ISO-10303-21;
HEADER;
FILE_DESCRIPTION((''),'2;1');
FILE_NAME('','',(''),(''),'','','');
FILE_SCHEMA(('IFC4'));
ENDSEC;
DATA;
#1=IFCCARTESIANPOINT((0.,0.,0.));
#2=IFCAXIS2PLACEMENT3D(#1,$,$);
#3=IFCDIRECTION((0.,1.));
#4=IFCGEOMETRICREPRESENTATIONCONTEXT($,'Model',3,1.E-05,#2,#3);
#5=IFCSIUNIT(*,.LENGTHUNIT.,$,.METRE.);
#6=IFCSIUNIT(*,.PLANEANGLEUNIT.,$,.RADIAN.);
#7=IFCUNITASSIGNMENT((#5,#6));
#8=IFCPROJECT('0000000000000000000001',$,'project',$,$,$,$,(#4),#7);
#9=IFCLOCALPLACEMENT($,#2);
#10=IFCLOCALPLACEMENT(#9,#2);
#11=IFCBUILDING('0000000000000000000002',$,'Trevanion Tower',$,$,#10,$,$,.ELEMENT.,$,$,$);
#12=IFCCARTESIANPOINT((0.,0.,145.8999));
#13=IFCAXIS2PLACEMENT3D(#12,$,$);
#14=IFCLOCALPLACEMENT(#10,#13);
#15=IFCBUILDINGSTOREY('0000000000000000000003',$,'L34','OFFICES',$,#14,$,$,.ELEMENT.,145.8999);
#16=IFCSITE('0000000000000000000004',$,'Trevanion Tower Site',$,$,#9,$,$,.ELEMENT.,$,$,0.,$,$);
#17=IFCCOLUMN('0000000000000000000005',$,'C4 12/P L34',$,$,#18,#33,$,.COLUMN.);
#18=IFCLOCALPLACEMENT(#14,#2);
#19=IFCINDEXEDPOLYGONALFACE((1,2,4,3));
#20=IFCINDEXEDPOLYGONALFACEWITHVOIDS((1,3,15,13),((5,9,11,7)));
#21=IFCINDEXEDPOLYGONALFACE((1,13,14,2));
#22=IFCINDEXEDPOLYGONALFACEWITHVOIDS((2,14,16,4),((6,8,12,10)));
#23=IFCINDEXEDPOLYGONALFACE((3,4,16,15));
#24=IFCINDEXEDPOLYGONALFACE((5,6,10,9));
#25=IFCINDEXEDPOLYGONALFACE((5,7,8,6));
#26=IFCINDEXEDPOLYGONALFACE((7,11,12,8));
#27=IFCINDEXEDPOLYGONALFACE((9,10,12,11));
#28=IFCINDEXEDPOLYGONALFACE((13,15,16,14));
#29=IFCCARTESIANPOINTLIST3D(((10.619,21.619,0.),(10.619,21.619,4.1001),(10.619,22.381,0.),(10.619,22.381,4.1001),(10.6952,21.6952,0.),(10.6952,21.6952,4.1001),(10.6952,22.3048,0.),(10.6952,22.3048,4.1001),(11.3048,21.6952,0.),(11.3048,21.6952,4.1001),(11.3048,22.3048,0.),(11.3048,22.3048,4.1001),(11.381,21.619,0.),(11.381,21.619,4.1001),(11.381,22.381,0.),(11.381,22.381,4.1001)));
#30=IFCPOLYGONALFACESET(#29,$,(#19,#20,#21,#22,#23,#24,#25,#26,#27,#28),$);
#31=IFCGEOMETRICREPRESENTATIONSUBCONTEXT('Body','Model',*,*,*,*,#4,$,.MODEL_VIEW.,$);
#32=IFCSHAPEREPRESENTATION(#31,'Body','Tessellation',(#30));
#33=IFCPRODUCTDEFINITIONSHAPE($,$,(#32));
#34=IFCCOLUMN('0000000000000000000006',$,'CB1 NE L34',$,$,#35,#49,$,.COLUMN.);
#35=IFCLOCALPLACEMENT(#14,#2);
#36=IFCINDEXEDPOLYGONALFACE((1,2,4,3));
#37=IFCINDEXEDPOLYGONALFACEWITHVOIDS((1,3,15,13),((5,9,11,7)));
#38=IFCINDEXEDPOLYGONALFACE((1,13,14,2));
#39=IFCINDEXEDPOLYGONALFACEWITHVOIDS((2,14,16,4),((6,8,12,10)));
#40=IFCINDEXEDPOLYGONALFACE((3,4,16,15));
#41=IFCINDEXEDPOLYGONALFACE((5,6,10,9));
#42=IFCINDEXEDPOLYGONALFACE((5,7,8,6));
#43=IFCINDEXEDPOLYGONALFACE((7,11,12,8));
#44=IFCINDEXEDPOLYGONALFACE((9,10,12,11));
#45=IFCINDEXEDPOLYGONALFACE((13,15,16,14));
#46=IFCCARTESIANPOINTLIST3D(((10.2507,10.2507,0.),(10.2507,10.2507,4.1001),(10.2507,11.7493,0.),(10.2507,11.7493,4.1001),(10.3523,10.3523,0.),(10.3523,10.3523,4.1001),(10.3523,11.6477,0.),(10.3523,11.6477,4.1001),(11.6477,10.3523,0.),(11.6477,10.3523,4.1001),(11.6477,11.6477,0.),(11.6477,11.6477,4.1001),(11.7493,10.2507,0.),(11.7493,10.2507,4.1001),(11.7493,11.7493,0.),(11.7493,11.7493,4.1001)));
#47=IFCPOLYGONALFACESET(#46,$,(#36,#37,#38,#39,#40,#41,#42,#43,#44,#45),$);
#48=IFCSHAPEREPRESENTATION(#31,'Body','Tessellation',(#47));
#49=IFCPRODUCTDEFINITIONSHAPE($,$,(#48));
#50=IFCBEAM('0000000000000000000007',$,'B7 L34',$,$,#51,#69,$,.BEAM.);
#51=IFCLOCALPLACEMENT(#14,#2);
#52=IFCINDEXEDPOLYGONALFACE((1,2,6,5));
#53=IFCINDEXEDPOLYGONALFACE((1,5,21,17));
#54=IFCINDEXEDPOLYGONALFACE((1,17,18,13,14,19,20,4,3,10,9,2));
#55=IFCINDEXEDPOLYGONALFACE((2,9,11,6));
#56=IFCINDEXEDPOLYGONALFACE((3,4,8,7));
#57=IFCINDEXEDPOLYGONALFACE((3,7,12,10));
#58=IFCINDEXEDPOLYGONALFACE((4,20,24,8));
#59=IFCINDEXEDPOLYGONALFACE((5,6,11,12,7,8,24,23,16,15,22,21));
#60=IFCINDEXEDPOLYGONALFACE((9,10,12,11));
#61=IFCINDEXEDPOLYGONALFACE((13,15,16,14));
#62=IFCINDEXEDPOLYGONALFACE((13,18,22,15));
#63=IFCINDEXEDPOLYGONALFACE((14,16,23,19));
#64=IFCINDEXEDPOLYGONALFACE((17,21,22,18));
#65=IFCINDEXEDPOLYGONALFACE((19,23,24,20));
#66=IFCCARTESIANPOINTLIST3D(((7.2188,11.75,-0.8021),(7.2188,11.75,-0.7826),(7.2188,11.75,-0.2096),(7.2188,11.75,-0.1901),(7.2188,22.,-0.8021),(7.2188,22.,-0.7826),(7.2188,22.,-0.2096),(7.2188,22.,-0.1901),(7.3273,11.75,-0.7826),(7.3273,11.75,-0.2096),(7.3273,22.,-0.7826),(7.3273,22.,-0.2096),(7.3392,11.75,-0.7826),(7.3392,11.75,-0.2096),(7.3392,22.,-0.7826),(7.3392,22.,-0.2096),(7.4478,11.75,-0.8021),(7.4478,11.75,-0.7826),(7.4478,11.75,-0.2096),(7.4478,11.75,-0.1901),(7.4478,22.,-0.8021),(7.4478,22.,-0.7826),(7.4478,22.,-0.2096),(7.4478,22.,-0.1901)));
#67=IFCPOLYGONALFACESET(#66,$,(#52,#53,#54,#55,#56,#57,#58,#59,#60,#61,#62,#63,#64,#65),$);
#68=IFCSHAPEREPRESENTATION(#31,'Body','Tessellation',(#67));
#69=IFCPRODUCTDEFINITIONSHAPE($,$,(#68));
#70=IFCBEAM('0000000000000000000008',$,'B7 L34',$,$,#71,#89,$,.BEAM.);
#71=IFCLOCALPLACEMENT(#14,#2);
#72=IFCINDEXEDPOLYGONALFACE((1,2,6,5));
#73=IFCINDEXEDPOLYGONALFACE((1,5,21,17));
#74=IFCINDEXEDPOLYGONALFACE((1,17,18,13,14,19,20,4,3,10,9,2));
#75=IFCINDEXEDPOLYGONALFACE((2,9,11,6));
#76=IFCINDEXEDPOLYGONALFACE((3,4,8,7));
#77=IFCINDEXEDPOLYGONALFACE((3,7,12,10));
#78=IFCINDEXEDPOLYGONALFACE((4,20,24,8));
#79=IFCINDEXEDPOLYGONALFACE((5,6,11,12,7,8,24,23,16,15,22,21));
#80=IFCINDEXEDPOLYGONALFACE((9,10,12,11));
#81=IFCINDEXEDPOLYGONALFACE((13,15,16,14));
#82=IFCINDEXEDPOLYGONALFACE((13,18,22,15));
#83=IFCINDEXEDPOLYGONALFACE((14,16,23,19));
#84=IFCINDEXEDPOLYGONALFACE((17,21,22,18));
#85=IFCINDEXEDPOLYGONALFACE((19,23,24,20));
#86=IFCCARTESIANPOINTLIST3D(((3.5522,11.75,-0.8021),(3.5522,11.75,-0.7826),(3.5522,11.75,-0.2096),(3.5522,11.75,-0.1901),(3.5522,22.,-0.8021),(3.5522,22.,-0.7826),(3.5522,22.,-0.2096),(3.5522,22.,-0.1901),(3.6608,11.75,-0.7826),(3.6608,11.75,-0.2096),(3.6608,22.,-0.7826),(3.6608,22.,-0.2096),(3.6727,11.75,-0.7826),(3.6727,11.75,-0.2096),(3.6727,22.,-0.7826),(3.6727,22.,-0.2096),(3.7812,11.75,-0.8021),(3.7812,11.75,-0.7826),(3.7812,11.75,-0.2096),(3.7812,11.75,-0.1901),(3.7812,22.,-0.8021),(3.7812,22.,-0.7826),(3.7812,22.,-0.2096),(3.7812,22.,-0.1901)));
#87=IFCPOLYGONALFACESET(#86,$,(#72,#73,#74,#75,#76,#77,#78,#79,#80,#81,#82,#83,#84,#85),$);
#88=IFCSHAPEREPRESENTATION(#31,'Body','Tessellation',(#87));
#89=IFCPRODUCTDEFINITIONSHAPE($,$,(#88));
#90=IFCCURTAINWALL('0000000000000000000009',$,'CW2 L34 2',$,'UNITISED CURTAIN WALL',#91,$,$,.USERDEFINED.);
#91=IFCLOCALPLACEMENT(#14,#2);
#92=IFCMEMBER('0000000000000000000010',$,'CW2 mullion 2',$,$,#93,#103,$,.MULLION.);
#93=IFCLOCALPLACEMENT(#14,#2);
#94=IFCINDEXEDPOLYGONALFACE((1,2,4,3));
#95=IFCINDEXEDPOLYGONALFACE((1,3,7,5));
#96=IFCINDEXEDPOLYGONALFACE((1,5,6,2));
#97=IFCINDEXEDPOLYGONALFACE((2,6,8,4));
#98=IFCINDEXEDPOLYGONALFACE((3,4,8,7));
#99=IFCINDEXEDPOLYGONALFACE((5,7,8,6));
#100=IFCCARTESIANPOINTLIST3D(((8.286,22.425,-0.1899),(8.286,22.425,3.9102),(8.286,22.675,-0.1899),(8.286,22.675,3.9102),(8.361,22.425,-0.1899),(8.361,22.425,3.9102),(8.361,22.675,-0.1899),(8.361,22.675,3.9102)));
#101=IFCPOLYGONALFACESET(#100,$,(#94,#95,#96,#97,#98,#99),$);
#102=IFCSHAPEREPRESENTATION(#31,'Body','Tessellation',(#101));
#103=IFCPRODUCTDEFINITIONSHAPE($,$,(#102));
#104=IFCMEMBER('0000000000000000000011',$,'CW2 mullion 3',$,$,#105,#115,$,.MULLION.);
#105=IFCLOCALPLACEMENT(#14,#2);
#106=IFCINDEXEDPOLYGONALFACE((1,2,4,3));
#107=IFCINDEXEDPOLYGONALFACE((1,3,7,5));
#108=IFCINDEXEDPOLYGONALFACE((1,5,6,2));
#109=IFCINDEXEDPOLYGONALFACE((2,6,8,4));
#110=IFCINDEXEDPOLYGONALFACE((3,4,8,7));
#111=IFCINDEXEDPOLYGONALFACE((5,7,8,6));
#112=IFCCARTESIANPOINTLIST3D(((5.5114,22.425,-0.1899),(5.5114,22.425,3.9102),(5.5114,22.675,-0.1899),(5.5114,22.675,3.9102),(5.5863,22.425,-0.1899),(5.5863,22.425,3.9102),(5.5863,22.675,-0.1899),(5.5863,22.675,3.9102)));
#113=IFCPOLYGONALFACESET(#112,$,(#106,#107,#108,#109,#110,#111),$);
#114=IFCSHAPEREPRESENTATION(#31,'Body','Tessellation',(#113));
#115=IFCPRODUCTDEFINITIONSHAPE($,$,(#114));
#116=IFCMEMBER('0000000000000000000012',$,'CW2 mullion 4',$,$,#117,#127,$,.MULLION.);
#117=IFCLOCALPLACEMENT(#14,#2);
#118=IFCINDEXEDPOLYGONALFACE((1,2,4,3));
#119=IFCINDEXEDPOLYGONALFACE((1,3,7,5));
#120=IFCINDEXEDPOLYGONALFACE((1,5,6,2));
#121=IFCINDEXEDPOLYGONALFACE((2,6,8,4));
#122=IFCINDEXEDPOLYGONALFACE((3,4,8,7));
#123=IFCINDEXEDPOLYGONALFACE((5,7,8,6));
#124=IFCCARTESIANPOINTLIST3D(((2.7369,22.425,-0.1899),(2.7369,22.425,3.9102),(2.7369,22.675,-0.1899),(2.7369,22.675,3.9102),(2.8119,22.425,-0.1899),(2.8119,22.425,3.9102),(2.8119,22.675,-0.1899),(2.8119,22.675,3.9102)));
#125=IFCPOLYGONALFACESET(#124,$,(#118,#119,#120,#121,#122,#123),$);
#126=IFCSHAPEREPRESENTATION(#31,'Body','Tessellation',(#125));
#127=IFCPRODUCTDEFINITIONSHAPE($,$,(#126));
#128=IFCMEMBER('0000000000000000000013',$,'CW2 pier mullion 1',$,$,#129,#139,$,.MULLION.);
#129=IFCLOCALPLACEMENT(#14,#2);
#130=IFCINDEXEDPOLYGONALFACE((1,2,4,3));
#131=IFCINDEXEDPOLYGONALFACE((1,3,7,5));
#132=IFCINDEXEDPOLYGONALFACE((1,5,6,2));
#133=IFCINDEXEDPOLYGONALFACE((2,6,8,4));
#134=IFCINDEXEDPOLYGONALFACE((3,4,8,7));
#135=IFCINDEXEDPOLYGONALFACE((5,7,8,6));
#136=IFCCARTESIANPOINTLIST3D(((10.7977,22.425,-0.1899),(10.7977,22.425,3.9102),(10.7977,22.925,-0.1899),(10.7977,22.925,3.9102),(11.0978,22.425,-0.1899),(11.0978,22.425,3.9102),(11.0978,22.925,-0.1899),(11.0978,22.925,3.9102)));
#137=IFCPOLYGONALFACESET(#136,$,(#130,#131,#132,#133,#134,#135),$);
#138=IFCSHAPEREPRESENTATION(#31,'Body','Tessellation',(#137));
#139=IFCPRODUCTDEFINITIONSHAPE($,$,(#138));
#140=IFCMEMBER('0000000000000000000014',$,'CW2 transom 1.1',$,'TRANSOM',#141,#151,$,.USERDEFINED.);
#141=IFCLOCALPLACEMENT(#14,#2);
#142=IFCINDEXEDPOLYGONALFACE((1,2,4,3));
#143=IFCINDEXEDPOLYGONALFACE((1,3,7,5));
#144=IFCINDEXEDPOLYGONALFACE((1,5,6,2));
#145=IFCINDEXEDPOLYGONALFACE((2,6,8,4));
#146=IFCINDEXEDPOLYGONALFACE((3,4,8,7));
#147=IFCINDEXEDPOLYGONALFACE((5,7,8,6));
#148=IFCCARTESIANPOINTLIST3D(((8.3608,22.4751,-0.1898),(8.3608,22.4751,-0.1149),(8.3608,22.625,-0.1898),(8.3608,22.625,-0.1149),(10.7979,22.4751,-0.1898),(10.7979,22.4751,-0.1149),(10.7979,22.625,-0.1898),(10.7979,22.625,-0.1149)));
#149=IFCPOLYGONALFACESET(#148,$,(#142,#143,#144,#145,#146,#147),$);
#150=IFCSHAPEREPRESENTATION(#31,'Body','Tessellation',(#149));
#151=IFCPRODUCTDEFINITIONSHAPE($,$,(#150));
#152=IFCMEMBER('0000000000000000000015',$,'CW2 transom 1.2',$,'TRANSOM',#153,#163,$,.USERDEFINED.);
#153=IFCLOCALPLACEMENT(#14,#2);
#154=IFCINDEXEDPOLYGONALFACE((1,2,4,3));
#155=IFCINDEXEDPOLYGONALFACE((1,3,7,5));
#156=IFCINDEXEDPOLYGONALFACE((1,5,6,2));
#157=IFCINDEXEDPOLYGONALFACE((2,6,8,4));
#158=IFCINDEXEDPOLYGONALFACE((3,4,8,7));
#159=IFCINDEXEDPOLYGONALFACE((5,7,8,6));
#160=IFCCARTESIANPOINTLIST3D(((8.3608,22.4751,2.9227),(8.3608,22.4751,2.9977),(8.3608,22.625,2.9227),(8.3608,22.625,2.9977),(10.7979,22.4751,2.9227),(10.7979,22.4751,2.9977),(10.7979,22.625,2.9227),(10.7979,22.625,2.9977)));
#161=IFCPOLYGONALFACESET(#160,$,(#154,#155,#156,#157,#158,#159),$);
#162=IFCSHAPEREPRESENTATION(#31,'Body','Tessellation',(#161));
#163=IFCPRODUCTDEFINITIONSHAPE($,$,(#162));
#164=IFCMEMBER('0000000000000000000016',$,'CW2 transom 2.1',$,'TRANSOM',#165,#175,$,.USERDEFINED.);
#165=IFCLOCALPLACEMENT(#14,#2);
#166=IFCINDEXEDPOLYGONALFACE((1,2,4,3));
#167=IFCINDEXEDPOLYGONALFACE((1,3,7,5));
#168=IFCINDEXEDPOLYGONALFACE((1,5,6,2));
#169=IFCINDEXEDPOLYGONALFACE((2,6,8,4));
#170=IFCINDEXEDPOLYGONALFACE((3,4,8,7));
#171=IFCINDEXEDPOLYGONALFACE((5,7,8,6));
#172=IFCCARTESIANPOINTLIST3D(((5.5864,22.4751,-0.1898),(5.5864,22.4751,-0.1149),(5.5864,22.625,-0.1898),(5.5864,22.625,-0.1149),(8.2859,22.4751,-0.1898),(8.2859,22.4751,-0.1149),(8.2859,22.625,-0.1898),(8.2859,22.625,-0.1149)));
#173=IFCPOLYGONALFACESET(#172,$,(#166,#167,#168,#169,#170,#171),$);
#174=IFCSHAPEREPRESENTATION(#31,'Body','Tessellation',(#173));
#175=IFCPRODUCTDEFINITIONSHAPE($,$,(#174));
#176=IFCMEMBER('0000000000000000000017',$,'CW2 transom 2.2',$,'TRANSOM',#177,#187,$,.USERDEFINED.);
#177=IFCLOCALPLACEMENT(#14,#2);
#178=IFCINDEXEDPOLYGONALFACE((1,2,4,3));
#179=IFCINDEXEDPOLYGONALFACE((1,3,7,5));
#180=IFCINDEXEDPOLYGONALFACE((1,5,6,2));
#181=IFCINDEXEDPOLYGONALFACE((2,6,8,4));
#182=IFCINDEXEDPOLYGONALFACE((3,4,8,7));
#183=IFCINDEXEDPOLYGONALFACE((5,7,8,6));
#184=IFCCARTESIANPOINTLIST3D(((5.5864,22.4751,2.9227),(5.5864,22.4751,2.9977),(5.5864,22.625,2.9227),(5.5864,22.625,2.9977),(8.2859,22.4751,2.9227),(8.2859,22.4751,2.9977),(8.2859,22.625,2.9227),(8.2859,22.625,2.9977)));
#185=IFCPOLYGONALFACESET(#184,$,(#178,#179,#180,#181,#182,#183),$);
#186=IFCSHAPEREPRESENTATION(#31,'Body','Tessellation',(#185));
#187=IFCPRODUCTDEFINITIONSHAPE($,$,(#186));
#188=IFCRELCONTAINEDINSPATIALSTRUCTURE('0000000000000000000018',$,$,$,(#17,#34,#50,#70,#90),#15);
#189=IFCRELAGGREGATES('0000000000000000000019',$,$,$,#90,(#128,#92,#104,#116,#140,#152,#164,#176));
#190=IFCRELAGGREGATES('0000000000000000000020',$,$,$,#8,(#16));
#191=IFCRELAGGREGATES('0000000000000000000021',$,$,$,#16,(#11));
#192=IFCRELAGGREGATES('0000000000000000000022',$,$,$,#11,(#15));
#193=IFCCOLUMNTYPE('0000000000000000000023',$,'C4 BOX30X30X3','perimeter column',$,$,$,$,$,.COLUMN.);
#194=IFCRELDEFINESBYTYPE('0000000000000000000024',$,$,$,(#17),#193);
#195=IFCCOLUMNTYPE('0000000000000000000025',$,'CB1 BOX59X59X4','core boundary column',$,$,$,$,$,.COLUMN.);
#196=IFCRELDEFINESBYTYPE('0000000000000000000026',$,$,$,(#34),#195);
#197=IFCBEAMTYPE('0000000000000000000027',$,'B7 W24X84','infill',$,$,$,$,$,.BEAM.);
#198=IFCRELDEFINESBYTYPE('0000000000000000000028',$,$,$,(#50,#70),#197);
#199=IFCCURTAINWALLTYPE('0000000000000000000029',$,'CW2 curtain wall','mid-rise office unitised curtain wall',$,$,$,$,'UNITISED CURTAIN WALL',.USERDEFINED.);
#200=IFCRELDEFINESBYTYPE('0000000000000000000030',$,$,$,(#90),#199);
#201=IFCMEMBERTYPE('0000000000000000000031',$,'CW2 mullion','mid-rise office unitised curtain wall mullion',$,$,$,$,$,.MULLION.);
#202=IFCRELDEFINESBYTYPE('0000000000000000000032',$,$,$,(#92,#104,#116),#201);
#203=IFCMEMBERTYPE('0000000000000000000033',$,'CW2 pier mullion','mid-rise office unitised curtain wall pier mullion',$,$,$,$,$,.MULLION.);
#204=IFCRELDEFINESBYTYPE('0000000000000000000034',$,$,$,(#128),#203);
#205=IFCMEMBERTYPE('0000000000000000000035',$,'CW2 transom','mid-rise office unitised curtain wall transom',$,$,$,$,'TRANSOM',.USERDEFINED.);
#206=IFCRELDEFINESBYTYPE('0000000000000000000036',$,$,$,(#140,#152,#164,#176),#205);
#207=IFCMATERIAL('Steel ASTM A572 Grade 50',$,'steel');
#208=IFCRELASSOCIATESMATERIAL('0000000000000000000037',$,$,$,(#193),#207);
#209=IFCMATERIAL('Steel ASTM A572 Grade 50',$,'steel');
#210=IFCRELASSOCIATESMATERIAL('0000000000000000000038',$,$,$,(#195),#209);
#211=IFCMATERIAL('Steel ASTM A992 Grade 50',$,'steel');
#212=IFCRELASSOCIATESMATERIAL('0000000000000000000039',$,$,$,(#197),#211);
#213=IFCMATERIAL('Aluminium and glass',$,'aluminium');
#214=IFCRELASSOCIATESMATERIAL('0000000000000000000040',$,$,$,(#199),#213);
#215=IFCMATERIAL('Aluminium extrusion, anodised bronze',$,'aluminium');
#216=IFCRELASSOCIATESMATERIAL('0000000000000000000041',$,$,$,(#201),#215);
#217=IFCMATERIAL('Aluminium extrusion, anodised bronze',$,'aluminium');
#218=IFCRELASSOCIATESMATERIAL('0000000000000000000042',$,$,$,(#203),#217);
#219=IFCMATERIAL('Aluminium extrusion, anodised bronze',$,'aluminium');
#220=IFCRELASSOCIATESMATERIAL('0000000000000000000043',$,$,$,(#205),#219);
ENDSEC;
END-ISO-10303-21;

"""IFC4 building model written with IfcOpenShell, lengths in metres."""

from ifc_helpers import new_model, si_unit, direction, frame, origin, origin_2d, place, context, subcontext, project, spatial, rectangle, hollow_rectangle, i_section, extrude, material, material_profile, profile_set, type_object, element, aggregate, save


model = new_model("IFC4")

# Units and contexts
model_context = context("Model", 3, precision=1e-05, world=origin(), true_north=direction((0.0, 1.0)))
body_context = subcontext(model_context, "Body", "Model", "MODEL_VIEW")
ifc_project = project(units=[si_unit("LENGTHUNIT", "METRE"), si_unit("PLANEANGLEUNIT", "RADIAN")], contexts=[model_context])

# Site, building, storey
site_placement = place(None, origin())
site = spatial("IfcSite", under=ifc_project, at=site_placement, Name="Trevanion Tower Site", CompositionType="ELEMENT", RefElevation=0.0)
building_placement = place(site_placement, origin())
building = spatial("IfcBuilding", under=site, at=building_placement, Name="Trevanion Tower", CompositionType="ELEMENT")
storey_placement = place(building_placement, frame((0.0, 0.0, 145.8999)))
storey = spatial("IfcBuildingStorey", under=building, at=storey_placement, Name="L34", Description="OFFICES", CompositionType="ELEMENT", Elevation=145.8999)

# Columns
ifc_material_1 = material(Name="Steel ASTM A572 Grade 50", Category="steel")
ifc_material_profile_1 = material_profile(ifc_material_1, hollow_rectangle(XDim=0.762, YDim=0.762, WallThickness=0.0762, at=origin_2d()), Name="BOX30X30X3")
ifc_profile_set_1 = profile_set([ifc_material_profile_1], Name="Steel ASTM A572 Grade 50")
column_type_1 = type_object("IfcColumnType", Name="C4 BOX30X30X3", Description="perimeter column", PredefinedType="COLUMN", material=ifc_profile_set_1)
column_1_placement = place(storey_placement, frame((11.0, 22.0, 0.0), z_axis=(0.0, 0.0, 1.0), x_axis=(1.0, 0.0, 0.0)))
element("IfcColumn", 1, at=column_1_placement, inside=storey, type_object=column_type_1, Name="C4 12/P L34", PredefinedType="COLUMN", context=body_context, shape_type="SweptSolid", body=[
    extrude(hollow_rectangle(XDim=0.762, YDim=0.762, WallThickness=0.0762, at=origin_2d()), origin(), (0.0, 0.0, 1.0), 4.1001),
])
ifc_material_2 = material(Name="Steel ASTM A572 Grade 50", Category="steel")
ifc_material_profile_2 = material_profile(ifc_material_2, hollow_rectangle(XDim=1.4985, YDim=1.4985, WallThickness=0.1016, at=origin_2d()), Name="BOX59X59X4")
ifc_profile_set_2 = profile_set([ifc_material_profile_2], Name="Steel ASTM A572 Grade 50")
column_type_2 = type_object("IfcColumnType", Name="CB1 BOX59X59X4", Description="core boundary column", PredefinedType="COLUMN", material=ifc_profile_set_2)
column_2_placement = place(storey_placement, frame((11.0, 11.0, 0.0), z_axis=(0.0, 0.0, 1.0), x_axis=(1.0, 0.0, 0.0)))
element("IfcColumn", 2, at=column_2_placement, inside=storey, type_object=column_type_2, Name="CB1 NE L34", PredefinedType="COLUMN", context=body_context, shape_type="SweptSolid", body=[
    extrude(hollow_rectangle(XDim=1.4985, YDim=1.4985, WallThickness=0.1016, at=origin_2d()), origin(), (0.0, 0.0, 1.0), 4.1001),
])

# Beams
ifc_material_3 = material(Name="Steel ASTM A992 Grade 50", Category="steel")
ifc_material_profile_3 = material_profile(ifc_material_3, i_section(OverallWidth=0.229, OverallDepth=0.6121, WebThickness=0.012, FlangeThickness=0.0195, at=origin_2d()), Name="W24X84")
ifc_profile_set_3 = profile_set([ifc_material_profile_3], Name="Steel ASTM A992 Grade 50")
beam_type_1 = type_object("IfcBeamType", Name="B7 W24X84", Description="infill", PredefinedType="BEAM", material=ifc_profile_set_3)
for number, where, z_axis, x_axis, name in (
    (3, (7.3333, 11.75, -0.4961), (0.0, 1.0, 0.0), (-1.0, 0.0, 0.0), "B7 L34"),
    (4, (3.6667, 11.75, -0.4961), (0.0, 1.0, 0.0), (-1.0, 0.0, 0.0), "B7 L34"),
):
    element("IfcBeam", number, at=place(storey_placement, frame(where, z_axis=z_axis, x_axis=x_axis)), inside=storey, type_object=beam_type_1, Name=name, PredefinedType="BEAM", context=body_context, shape_type="SweptSolid", body=[
        extrude(i_section(OverallWidth=0.229, OverallDepth=0.6121, WebThickness=0.012, FlangeThickness=0.0195, at=origin_2d()), origin(), (0.0, 0.0, 1.0), 10.25),
    ])

# Curtain wall, members
ifc_material_4 = material(Name="Aluminium and glass", Category="aluminium")
curtain_wall_type = type_object("IfcCurtainWallType", Name="CW2 curtain wall", Description="mid-rise office unitised curtain wall", ElementType="UNITISED CURTAIN WALL", PredefinedType="USERDEFINED", material=ifc_material_4)
curtain_wall_placement = place(storey_placement, origin())
curtain_wall = element("IfcCurtainWall", 5, at=curtain_wall_placement, inside=storey, type_object=curtain_wall_type, Name="CW2 L34 2", ObjectType="UNITISED CURTAIN WALL", PredefinedType="USERDEFINED")
ifc_material_5 = material(Name="Aluminium extrusion, anodised bronze", Category="aluminium")
ifc_material_profile_4 = material_profile(ifc_material_5, rectangle(XDim=0.075, YDim=0.25, at=origin_2d()), Name="CW2 mullion")
ifc_profile_set_4 = profile_set([ifc_material_profile_4], Name="Aluminium extrusion, anodised bronze")
member_type_1 = type_object("IfcMemberType", Name="CW2 mullion", Description="mid-rise office unitised curtain wall mullion", PredefinedType="MULLION", material=ifc_profile_set_4)
member_1_placement = place(storey_placement, frame((8.3235, 22.55, -0.1899), z_axis=(0.0, 0.0, 1.0), x_axis=(-1.0, 0.0, 0.0)))
member_1 = element("IfcMember", 6, at=member_1_placement, type_object=member_type_1, Name="CW2 mullion 2", PredefinedType="MULLION", context=body_context, shape_type="SweptSolid", body=[
    extrude(rectangle(XDim=0.075, YDim=0.25, at=origin_2d()), origin(), (0.0, 0.0, 1.0), 4.1001),
])
member_2_placement = place(storey_placement, frame((5.5488, 22.55, -0.1899), z_axis=(0.0, 0.0, 1.0), x_axis=(-1.0, 0.0, 0.0)))
member_2 = element("IfcMember", 7, at=member_2_placement, type_object=member_type_1, Name="CW2 mullion 3", PredefinedType="MULLION", context=body_context, shape_type="SweptSolid", body=[
    extrude(rectangle(XDim=0.075, YDim=0.25, at=origin_2d()), origin(), (0.0, 0.0, 1.0), 4.1001),
])
member_3_placement = place(storey_placement, frame((2.7744, 22.55, -0.1899), z_axis=(0.0, 0.0, 1.0), x_axis=(-1.0, 0.0, 0.0)))
member_3 = element("IfcMember", 8, at=member_3_placement, type_object=member_type_1, Name="CW2 mullion 4", PredefinedType="MULLION", context=body_context, shape_type="SweptSolid", body=[
    extrude(rectangle(XDim=0.075, YDim=0.25, at=origin_2d()), origin(), (0.0, 0.0, 1.0), 4.1001),
])
ifc_material_6 = material(Name="Aluminium extrusion, anodised bronze", Category="aluminium")
ifc_material_profile_5 = material_profile(ifc_material_6, rectangle(XDim=0.3, YDim=0.5, at=origin_2d()), Name="CW2 pier mullion")
ifc_profile_set_5 = profile_set([ifc_material_profile_5], Name="Aluminium extrusion, anodised bronze")
member_type_2 = type_object("IfcMemberType", Name="CW2 pier mullion", Description="mid-rise office unitised curtain wall pier mullion", PredefinedType="MULLION", material=ifc_profile_set_5)
member_4_placement = place(storey_placement, frame((10.9478, 22.675, -0.1899), z_axis=(0.0, 0.0, 1.0), x_axis=(-1.0, 0.0, 0.0)))
member_4 = element("IfcMember", 9, at=member_4_placement, type_object=member_type_2, Name="CW2 pier mullion 1", PredefinedType="MULLION", context=body_context, shape_type="SweptSolid", body=[
    extrude(rectangle(XDim=0.3, YDim=0.5, at=origin_2d()), origin(), (0.0, 0.0, 1.0), 4.1001),
])
ifc_material_7 = material(Name="Aluminium extrusion, anodised bronze", Category="aluminium")
ifc_material_profile_6 = material_profile(ifc_material_7, rectangle(XDim=0.1499, YDim=0.075, at=origin_2d()), Name="CW2 transom")
ifc_profile_set_6 = profile_set([ifc_material_profile_6], Name="Aluminium extrusion, anodised bronze")
member_type_3 = type_object("IfcMemberType", Name="CW2 transom", Description="mid-rise office unitised curtain wall transom", ElementType="TRANSOM", PredefinedType="USERDEFINED", material=ifc_profile_set_6)
member_5_placement = place(storey_placement, frame((10.7979, 22.55, -0.1523), z_axis=(-1.0, 0.0, 0.0), x_axis=(0.0, -1.0, 0.0)))
member_5 = element("IfcMember", 10, at=member_5_placement, type_object=member_type_3, Name="CW2 transom 1.1", ObjectType="TRANSOM", PredefinedType="USERDEFINED", context=body_context, shape_type="SweptSolid", body=[
    extrude(rectangle(XDim=0.1499, YDim=0.075, at=origin_2d()), origin(), (0.0, 0.0, 1.0), 2.437),
])
member_6_placement = place(storey_placement, frame((10.7979, 22.55, 2.9602), z_axis=(-1.0, 0.0, 0.0), x_axis=(0.0, -1.0, 0.0)))
member_6 = element("IfcMember", 11, at=member_6_placement, type_object=member_type_3, Name="CW2 transom 1.2", ObjectType="TRANSOM", PredefinedType="USERDEFINED", context=body_context, shape_type="SweptSolid", body=[
    extrude(rectangle(XDim=0.1499, YDim=0.075, at=origin_2d()), origin(), (0.0, 0.0, 1.0), 2.437),
])
member_7_placement = place(storey_placement, frame((8.2859, 22.55, -0.1523), z_axis=(-1.0, 0.0, 0.0), x_axis=(0.0, -1.0, 0.0)))
member_7 = element("IfcMember", 12, at=member_7_placement, type_object=member_type_3, Name="CW2 transom 2.1", ObjectType="TRANSOM", PredefinedType="USERDEFINED", context=body_context, shape_type="SweptSolid", body=[
    extrude(rectangle(XDim=0.1499, YDim=0.075, at=origin_2d()), origin(), (0.0, 0.0, 1.0), 2.6995),
])
member_8_placement = place(storey_placement, frame((8.2859, 22.55, 2.9602), z_axis=(-1.0, 0.0, 0.0), x_axis=(0.0, -1.0, 0.0)))
member_8 = element("IfcMember", 13, at=member_8_placement, type_object=member_type_3, Name="CW2 transom 2.2", ObjectType="TRANSOM", PredefinedType="USERDEFINED", context=body_context, shape_type="SweptSolid", body=[
    extrude(rectangle(XDim=0.1499, YDim=0.075, at=origin_2d()), origin(), (0.0, 0.0, 1.0), 2.6995),
])

aggregate(curtain_wall, [member_4, member_1, member_2, member_3, member_5, member_6, member_7, member_8])

save(model, "model.ifc")
